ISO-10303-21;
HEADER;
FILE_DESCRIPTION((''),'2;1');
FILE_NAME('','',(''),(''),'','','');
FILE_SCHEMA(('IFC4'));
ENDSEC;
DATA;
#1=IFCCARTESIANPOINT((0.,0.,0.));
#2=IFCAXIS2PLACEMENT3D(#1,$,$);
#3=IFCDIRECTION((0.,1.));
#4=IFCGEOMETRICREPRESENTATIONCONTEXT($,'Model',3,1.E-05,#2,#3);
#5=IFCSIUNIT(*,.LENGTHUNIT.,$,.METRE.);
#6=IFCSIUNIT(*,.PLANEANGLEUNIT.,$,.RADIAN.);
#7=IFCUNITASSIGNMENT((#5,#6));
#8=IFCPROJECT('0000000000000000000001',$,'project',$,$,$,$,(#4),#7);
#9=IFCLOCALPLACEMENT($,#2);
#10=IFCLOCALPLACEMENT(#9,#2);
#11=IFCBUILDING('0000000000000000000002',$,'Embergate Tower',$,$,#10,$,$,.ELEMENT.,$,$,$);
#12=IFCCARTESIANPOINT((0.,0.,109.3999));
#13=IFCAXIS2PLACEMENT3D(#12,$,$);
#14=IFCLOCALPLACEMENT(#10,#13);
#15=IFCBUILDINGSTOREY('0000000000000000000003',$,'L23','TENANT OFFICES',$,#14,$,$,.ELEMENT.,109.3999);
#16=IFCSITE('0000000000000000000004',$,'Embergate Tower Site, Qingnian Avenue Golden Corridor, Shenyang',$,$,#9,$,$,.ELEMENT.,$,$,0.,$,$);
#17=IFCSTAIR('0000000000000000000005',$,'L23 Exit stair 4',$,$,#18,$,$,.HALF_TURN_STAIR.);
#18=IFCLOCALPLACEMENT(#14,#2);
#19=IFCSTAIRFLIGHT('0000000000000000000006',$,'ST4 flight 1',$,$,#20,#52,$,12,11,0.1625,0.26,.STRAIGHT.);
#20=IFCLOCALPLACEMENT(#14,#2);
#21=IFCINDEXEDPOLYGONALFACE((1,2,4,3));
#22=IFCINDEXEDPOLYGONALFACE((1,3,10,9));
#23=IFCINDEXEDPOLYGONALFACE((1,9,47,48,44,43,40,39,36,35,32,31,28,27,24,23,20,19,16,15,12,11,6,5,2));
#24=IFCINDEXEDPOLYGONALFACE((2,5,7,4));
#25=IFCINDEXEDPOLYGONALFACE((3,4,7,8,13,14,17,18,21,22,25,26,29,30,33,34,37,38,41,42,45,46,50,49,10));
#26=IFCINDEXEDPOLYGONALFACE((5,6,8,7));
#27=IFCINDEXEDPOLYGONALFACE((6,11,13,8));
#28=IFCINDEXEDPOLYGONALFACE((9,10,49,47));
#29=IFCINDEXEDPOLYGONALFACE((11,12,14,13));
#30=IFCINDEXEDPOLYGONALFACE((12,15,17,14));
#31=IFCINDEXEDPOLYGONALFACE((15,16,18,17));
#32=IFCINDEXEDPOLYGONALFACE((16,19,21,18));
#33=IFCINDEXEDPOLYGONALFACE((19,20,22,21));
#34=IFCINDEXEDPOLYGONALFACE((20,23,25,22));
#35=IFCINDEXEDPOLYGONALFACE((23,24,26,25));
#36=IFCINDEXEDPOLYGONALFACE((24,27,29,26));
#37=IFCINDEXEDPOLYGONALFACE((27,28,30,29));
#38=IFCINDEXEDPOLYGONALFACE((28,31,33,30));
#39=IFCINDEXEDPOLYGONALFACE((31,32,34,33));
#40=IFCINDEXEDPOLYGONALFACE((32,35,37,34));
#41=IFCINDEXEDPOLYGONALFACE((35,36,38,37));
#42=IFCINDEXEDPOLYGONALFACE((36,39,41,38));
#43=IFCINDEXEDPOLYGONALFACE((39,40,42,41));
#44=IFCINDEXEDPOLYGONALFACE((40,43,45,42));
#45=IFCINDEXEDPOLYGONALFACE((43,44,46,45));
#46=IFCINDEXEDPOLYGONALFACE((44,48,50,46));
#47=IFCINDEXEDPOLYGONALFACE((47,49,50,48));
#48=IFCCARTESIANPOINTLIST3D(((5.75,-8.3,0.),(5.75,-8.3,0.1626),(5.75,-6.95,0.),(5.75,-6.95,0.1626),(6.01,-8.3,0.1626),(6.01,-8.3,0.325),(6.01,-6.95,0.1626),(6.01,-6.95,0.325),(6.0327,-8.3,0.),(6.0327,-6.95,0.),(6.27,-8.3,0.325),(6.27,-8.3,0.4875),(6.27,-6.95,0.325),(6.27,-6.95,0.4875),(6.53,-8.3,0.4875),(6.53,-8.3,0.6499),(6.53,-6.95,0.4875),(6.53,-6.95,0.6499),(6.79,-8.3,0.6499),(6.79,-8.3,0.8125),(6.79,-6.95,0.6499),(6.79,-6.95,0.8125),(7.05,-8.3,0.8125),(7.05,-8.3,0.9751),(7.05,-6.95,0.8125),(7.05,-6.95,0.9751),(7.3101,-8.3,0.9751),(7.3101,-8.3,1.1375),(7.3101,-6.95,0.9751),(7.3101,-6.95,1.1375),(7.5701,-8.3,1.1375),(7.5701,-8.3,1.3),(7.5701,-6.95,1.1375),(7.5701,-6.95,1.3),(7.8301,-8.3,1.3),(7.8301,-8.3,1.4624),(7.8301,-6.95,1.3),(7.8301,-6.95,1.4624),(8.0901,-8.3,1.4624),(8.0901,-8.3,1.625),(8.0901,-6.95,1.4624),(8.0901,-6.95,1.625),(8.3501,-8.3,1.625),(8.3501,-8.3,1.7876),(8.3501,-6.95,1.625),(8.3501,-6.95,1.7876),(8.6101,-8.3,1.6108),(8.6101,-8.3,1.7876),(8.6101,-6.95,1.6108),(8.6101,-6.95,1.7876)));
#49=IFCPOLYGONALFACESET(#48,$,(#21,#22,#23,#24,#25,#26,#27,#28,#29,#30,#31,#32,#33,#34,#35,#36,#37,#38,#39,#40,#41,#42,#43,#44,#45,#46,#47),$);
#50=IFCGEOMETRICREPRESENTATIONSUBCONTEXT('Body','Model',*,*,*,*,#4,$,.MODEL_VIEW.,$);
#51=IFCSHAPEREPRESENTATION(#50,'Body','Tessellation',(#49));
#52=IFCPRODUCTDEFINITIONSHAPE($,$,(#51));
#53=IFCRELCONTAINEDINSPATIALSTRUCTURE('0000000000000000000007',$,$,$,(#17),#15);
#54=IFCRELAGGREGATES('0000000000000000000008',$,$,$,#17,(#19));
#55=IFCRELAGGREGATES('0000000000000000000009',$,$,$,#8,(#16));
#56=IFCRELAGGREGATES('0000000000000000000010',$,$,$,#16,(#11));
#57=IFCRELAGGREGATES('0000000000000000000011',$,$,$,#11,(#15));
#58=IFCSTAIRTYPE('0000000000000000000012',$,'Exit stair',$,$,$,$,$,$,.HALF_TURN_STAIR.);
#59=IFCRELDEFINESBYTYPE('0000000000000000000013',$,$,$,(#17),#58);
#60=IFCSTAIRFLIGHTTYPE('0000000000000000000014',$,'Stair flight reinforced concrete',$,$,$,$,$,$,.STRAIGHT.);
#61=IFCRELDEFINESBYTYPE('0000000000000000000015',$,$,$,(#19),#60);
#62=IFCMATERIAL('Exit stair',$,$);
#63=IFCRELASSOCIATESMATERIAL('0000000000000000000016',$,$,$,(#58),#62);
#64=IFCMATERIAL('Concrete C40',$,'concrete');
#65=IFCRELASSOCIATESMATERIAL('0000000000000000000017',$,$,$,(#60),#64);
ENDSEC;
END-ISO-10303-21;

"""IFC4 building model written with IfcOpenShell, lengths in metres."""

from ifc_helpers import new_model, si_unit, direction, frame, origin, place, context, subcontext, project, spatial, polyline, outline, extrude, source, transform, mapped, material, type_object, element, aggregate, save


model = new_model("IFC4")

# Units and contexts
model_context = context("Model", 3, precision=1e-05, world=origin(), true_north=direction((0.0, 1.0)))
body_context = subcontext(model_context, "Body", "Model", "MODEL_VIEW")
ifc_project = project(units=[si_unit("LENGTHUNIT", "METRE"), si_unit("PLANEANGLEUNIT", "RADIAN")], contexts=[model_context])

# Site, building, storey
site_placement = place(None, origin())
site = spatial("IfcSite", under=ifc_project, at=site_placement, Name="Embergate Tower Site, Qingnian Avenue Golden Corridor, Shenyang", CompositionType="ELEMENT", RefElevation=0.0)
building_placement = place(site_placement, origin())
building = spatial("IfcBuilding", under=site, at=building_placement, Name="Embergate Tower", CompositionType="ELEMENT")
storey_placement = place(building_placement, frame((0.0, 0.0, 109.3999)))
storey = spatial("IfcBuildingStorey", under=building, at=storey_placement, Name="L23", Description="TENANT OFFICES", CompositionType="ELEMENT", Elevation=109.3999)

# Stair, stair flight
ifc_material_1 = material(Name="Exit stair")
stair_type = type_object("IfcStairType", Name="Exit stair", PredefinedType="HALF_TURN_STAIR", material=ifc_material_1)
stair_placement = place(storey_placement, origin())
stair = element("IfcStair", 1, at=stair_placement, inside=storey, type_object=stair_type, Name="L23 Exit stair 4", PredefinedType="HALF_TURN_STAIR")
ifc_material_2 = material(Name="Concrete C40", Category="concrete")
stair_flight_type = type_object("IfcStairFlightType", Name="Stair flight reinforced concrete", PredefinedType="STRAIGHT", material=ifc_material_2)
shared_shape_1 = source(origin(), body_context, "Body", "SweptSolid", [
    extrude(outline(polyline([(0.0, 0.0), (0.0, 0.1626), (0.26, 0.1626), (0.26, 0.325), (0.52, 0.325), (0.52, 0.4875), (0.78, 0.4875), (0.78, 0.6499), (1.04, 0.6499), (1.04, 0.8125), (1.3, 0.8125), (1.3, 0.9751), (1.5601, 0.9751), (1.5601, 1.1375), (1.8201, 1.1375), (1.8201, 1.3), (2.0801, 1.3), (2.0801, 1.4624), (2.3401, 1.4624), (2.3401, 1.625), (2.6001, 1.625), (2.6001, 1.7876), (2.8601, 1.7876), (2.8601, 1.95), (2.8601, 1.6108), (0.2827, 0.0), (0.0, 0.0)])), frame((0.0, 0.675, 0.0), z_axis=(0.0, -1.0, 0.0), x_axis=(1.0, 0.0, 0.0)), (0.0, 0.0, 1.0), 1.3501),
])
stair_flight_placement = place(storey_placement, frame((5.75, -7.625, 0.0), z_axis=(0.0, 0.0, 1.0), x_axis=(1.0, 0.0, 0.0)))
stair_flight = element("IfcStairFlight", 2, at=stair_flight_placement, type_object=stair_flight_type, Name="ST4 flight 1", NumberOfRisers=12, NumberOfTreads=11, PredefinedType="STRAIGHT", RiserHeight=0.1625, TreadLength=0.26, context=body_context, shape_type="MappedRepresentation", body=[
    mapped(shared_shape_1, transform((0.0, 0.0, 0.0))),
])
aggregate(stair, [stair_flight])

save(model, "model.ifc")
